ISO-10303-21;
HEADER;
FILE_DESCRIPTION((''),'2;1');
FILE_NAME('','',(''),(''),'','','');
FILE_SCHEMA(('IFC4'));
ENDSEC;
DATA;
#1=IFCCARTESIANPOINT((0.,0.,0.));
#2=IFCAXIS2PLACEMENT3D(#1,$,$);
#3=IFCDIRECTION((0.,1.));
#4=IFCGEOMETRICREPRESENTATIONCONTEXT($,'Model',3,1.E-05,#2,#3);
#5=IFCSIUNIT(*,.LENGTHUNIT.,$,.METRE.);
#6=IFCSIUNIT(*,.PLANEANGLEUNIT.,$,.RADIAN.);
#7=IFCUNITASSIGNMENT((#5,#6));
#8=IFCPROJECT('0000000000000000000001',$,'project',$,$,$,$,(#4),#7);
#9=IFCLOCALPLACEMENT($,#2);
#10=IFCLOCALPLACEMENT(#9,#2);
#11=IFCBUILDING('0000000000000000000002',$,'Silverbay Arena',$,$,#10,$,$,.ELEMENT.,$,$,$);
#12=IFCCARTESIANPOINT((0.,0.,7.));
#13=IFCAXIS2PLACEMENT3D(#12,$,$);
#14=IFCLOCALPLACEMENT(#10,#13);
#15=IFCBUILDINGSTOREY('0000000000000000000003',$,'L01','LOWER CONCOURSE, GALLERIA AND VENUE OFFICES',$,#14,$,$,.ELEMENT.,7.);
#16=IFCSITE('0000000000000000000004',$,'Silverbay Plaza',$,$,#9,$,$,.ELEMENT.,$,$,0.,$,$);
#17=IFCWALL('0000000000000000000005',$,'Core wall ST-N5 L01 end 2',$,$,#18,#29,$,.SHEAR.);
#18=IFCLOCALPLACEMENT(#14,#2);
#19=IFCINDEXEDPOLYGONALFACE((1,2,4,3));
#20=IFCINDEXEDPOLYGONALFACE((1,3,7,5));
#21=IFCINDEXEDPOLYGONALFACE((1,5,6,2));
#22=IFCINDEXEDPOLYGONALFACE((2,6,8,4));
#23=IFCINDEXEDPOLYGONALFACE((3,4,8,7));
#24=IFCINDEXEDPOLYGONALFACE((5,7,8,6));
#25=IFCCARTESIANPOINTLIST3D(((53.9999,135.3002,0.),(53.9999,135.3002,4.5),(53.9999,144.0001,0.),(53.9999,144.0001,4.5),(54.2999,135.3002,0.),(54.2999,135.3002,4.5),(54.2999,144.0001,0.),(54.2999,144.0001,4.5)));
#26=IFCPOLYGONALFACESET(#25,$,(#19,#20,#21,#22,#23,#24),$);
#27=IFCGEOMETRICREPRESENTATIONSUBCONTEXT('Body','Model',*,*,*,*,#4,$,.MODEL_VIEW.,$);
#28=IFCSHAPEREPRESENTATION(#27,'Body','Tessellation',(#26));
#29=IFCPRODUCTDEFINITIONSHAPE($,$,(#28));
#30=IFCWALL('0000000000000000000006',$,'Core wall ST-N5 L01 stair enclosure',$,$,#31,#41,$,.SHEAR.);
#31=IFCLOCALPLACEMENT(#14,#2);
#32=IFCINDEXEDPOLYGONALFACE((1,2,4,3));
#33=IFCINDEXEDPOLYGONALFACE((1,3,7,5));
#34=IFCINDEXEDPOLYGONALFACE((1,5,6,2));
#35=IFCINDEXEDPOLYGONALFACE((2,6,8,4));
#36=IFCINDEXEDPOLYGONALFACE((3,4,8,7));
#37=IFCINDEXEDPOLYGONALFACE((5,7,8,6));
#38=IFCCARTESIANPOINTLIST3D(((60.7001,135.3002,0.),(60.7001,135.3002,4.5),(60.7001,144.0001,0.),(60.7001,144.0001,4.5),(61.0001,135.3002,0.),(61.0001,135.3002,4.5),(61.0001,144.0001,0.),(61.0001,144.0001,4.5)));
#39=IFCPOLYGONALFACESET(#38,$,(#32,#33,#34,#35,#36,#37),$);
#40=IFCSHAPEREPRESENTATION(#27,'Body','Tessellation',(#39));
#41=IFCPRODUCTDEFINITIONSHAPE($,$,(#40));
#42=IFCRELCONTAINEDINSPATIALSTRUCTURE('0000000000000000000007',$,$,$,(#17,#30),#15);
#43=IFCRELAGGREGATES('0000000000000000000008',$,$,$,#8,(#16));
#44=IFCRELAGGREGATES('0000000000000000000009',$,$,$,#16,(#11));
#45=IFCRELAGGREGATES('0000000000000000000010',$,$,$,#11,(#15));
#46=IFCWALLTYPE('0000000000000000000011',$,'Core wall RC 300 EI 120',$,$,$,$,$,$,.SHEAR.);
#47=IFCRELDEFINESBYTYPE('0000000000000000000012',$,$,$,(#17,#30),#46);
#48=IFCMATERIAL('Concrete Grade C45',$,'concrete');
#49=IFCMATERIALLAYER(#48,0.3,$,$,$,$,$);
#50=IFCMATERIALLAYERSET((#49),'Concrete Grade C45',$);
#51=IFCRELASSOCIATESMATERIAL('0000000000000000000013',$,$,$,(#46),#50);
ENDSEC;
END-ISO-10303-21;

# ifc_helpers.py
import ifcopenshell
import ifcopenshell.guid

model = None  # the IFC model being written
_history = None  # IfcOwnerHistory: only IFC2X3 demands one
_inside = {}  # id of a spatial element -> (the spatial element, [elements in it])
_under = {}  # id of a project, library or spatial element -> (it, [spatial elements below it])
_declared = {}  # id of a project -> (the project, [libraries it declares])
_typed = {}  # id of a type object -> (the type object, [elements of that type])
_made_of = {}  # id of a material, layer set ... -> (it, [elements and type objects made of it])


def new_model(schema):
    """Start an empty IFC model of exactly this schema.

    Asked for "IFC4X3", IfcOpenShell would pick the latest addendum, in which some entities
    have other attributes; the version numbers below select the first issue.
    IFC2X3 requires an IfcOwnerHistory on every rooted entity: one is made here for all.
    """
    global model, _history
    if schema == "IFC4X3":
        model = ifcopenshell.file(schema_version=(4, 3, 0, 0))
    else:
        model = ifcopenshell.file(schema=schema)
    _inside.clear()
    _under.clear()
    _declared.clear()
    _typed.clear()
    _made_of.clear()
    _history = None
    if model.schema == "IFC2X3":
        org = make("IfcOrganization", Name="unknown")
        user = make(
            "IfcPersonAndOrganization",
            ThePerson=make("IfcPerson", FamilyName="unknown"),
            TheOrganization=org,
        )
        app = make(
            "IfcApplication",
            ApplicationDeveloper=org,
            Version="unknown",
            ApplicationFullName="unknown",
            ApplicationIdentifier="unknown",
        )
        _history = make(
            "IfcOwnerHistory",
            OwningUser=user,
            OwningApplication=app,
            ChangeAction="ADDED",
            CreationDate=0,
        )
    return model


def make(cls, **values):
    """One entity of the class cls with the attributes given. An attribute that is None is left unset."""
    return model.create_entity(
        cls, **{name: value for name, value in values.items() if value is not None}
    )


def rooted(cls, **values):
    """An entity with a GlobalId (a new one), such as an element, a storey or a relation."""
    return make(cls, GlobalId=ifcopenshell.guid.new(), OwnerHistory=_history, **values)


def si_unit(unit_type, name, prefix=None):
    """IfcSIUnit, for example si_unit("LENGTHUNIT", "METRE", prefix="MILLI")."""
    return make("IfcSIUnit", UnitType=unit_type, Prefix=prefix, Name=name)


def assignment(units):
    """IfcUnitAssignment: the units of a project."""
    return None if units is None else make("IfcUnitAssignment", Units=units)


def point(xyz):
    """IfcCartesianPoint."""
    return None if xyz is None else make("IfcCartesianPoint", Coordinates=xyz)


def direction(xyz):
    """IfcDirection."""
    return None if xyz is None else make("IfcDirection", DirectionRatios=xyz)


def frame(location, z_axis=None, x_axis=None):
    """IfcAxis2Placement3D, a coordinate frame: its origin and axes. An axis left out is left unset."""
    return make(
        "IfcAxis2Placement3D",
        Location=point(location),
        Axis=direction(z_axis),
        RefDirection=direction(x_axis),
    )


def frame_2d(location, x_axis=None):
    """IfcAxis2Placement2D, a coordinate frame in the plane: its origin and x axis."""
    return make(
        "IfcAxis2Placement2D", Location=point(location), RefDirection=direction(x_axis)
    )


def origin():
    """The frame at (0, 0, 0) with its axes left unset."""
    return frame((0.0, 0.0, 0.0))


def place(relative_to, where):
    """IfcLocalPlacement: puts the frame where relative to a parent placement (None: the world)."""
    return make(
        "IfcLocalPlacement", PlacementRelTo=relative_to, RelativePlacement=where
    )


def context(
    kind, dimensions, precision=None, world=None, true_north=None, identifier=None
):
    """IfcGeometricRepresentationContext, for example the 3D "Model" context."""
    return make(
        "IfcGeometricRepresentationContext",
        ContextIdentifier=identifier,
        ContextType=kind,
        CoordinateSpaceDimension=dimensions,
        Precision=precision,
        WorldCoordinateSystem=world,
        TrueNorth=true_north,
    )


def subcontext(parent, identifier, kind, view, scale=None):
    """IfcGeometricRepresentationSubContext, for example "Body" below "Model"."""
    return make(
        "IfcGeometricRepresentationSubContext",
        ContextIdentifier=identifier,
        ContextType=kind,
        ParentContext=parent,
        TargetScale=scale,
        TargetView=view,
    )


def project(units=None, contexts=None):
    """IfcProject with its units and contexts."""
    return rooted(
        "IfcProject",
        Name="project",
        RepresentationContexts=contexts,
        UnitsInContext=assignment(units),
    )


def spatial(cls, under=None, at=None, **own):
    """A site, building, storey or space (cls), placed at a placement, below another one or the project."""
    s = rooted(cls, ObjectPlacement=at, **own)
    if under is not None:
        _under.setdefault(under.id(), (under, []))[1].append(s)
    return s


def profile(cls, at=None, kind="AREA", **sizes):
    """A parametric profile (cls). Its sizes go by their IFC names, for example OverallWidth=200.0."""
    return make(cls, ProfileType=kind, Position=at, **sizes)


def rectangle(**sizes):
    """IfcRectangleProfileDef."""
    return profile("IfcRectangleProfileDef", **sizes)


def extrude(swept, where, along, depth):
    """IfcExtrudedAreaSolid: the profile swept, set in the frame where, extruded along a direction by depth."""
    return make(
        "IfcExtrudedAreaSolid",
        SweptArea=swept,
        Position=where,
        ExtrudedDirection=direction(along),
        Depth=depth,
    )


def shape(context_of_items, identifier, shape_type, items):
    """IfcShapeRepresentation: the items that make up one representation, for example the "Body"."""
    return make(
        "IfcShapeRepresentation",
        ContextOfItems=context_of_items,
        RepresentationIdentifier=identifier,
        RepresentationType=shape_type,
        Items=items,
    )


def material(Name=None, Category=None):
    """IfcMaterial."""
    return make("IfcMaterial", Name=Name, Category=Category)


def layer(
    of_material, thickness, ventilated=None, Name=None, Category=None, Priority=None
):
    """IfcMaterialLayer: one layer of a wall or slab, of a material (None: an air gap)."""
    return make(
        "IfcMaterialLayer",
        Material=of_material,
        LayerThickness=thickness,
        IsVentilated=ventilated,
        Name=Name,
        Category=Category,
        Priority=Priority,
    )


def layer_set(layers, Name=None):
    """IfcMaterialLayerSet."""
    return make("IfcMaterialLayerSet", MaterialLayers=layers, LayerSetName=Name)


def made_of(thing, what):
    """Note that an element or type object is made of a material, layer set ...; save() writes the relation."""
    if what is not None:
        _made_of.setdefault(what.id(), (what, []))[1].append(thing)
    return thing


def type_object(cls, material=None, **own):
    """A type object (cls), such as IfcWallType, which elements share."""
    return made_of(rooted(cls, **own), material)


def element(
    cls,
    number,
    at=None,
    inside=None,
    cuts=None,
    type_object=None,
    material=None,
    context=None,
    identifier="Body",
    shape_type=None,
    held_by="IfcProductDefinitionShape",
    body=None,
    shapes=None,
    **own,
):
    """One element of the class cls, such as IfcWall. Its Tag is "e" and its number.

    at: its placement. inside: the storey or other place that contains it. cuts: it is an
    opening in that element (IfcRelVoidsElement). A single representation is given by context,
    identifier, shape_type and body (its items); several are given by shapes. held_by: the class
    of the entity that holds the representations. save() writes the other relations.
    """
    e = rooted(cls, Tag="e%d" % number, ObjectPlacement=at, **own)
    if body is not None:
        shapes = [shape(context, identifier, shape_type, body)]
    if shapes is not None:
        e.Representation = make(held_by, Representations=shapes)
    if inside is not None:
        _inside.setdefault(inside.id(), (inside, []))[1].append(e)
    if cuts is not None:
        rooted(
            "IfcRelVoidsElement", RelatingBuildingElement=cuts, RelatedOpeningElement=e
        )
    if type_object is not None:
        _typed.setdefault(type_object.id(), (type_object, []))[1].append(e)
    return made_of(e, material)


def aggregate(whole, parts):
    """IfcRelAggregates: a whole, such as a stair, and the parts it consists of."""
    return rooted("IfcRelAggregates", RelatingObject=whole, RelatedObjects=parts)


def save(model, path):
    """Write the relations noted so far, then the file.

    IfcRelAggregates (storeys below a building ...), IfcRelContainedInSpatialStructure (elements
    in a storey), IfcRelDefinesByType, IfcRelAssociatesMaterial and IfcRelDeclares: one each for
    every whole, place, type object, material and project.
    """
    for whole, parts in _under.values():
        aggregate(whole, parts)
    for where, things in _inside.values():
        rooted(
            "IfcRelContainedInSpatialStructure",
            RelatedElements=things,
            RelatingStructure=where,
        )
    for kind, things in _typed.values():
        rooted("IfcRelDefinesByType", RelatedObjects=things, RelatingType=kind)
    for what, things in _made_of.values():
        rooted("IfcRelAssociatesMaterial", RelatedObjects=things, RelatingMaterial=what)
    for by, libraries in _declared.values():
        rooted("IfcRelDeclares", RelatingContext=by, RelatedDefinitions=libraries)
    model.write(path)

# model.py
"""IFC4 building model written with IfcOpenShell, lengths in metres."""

from ifc_helpers import new_model, si_unit, direction, frame, frame_2d, origin, place, context, subcontext, project, spatial, rectangle, extrude, material, layer, layer_set, type_object, element, save


model = new_model("IFC4")

# Units and contexts
model_context = context("Model", 3, precision=1e-05, world=origin(), true_north=direction((0.0, 1.0)))
body_context = subcontext(model_context, "Body", "Model", "MODEL_VIEW")
ifc_project = project(units=[si_unit("LENGTHUNIT", "METRE"), si_unit("PLANEANGLEUNIT", "RADIAN")], contexts=[model_context])

# Site, building, storey
site_placement = place(None, origin())
site = spatial("IfcSite", under=ifc_project, at=site_placement, Name="Silverbay Plaza", CompositionType="ELEMENT", RefElevation=0.0)
building_placement = place(site_placement, origin())
building = spatial("IfcBuilding", under=site, at=building_placement, Name="Silverbay Arena", CompositionType="ELEMENT")
storey_placement = place(building_placement, frame((0.0, 0.0, 7.0)))
storey = spatial("IfcBuildingStorey", under=building, at=storey_placement, Name="L01", Description="LOWER CONCOURSE, GALLERIA AND VENUE OFFICES", CompositionType="ELEMENT", Elevation=7.0)

# Walls
ifc_material_1 = material(Name="Concrete Grade C45", Category="concrete")
ifc_layer_1 = layer(ifc_material_1, 0.3)
ifc_layer_set_1 = layer_set([ifc_layer_1], Name="Concrete Grade C45")
wall_type = type_object("IfcWallType", Name="Core wall RC 300 EI 120", PredefinedType="SHEAR", material=ifc_layer_set_1)
for number, where, z_axis, x_axis, name in (
    (1, (54.1499, 135.3, 0.0), (0.0, 0.0, 1.0), (0.0, 1.0, 0.0), "Core wall ST-N5 L01 end 2"),
    (2, (60.8501, 135.3, 0.0), (0.0, 0.0, 1.0), (0.0, 1.0, 0.0), "Core wall ST-N5 L01 stair enclosure"),
):
    element("IfcWall", number, at=place(storey_placement, frame(where, z_axis=z_axis, x_axis=x_axis)), inside=storey, type_object=wall_type, Name=name, PredefinedType="SHEAR", context=body_context, shape_type="SweptSolid", body=[
        extrude(rectangle(XDim=8.7, YDim=0.3, at=frame_2d((4.3501, 0.0))), origin(), (0.0, 0.0, 1.0), 4.5),
    ])

save(model, "model.ifc")
